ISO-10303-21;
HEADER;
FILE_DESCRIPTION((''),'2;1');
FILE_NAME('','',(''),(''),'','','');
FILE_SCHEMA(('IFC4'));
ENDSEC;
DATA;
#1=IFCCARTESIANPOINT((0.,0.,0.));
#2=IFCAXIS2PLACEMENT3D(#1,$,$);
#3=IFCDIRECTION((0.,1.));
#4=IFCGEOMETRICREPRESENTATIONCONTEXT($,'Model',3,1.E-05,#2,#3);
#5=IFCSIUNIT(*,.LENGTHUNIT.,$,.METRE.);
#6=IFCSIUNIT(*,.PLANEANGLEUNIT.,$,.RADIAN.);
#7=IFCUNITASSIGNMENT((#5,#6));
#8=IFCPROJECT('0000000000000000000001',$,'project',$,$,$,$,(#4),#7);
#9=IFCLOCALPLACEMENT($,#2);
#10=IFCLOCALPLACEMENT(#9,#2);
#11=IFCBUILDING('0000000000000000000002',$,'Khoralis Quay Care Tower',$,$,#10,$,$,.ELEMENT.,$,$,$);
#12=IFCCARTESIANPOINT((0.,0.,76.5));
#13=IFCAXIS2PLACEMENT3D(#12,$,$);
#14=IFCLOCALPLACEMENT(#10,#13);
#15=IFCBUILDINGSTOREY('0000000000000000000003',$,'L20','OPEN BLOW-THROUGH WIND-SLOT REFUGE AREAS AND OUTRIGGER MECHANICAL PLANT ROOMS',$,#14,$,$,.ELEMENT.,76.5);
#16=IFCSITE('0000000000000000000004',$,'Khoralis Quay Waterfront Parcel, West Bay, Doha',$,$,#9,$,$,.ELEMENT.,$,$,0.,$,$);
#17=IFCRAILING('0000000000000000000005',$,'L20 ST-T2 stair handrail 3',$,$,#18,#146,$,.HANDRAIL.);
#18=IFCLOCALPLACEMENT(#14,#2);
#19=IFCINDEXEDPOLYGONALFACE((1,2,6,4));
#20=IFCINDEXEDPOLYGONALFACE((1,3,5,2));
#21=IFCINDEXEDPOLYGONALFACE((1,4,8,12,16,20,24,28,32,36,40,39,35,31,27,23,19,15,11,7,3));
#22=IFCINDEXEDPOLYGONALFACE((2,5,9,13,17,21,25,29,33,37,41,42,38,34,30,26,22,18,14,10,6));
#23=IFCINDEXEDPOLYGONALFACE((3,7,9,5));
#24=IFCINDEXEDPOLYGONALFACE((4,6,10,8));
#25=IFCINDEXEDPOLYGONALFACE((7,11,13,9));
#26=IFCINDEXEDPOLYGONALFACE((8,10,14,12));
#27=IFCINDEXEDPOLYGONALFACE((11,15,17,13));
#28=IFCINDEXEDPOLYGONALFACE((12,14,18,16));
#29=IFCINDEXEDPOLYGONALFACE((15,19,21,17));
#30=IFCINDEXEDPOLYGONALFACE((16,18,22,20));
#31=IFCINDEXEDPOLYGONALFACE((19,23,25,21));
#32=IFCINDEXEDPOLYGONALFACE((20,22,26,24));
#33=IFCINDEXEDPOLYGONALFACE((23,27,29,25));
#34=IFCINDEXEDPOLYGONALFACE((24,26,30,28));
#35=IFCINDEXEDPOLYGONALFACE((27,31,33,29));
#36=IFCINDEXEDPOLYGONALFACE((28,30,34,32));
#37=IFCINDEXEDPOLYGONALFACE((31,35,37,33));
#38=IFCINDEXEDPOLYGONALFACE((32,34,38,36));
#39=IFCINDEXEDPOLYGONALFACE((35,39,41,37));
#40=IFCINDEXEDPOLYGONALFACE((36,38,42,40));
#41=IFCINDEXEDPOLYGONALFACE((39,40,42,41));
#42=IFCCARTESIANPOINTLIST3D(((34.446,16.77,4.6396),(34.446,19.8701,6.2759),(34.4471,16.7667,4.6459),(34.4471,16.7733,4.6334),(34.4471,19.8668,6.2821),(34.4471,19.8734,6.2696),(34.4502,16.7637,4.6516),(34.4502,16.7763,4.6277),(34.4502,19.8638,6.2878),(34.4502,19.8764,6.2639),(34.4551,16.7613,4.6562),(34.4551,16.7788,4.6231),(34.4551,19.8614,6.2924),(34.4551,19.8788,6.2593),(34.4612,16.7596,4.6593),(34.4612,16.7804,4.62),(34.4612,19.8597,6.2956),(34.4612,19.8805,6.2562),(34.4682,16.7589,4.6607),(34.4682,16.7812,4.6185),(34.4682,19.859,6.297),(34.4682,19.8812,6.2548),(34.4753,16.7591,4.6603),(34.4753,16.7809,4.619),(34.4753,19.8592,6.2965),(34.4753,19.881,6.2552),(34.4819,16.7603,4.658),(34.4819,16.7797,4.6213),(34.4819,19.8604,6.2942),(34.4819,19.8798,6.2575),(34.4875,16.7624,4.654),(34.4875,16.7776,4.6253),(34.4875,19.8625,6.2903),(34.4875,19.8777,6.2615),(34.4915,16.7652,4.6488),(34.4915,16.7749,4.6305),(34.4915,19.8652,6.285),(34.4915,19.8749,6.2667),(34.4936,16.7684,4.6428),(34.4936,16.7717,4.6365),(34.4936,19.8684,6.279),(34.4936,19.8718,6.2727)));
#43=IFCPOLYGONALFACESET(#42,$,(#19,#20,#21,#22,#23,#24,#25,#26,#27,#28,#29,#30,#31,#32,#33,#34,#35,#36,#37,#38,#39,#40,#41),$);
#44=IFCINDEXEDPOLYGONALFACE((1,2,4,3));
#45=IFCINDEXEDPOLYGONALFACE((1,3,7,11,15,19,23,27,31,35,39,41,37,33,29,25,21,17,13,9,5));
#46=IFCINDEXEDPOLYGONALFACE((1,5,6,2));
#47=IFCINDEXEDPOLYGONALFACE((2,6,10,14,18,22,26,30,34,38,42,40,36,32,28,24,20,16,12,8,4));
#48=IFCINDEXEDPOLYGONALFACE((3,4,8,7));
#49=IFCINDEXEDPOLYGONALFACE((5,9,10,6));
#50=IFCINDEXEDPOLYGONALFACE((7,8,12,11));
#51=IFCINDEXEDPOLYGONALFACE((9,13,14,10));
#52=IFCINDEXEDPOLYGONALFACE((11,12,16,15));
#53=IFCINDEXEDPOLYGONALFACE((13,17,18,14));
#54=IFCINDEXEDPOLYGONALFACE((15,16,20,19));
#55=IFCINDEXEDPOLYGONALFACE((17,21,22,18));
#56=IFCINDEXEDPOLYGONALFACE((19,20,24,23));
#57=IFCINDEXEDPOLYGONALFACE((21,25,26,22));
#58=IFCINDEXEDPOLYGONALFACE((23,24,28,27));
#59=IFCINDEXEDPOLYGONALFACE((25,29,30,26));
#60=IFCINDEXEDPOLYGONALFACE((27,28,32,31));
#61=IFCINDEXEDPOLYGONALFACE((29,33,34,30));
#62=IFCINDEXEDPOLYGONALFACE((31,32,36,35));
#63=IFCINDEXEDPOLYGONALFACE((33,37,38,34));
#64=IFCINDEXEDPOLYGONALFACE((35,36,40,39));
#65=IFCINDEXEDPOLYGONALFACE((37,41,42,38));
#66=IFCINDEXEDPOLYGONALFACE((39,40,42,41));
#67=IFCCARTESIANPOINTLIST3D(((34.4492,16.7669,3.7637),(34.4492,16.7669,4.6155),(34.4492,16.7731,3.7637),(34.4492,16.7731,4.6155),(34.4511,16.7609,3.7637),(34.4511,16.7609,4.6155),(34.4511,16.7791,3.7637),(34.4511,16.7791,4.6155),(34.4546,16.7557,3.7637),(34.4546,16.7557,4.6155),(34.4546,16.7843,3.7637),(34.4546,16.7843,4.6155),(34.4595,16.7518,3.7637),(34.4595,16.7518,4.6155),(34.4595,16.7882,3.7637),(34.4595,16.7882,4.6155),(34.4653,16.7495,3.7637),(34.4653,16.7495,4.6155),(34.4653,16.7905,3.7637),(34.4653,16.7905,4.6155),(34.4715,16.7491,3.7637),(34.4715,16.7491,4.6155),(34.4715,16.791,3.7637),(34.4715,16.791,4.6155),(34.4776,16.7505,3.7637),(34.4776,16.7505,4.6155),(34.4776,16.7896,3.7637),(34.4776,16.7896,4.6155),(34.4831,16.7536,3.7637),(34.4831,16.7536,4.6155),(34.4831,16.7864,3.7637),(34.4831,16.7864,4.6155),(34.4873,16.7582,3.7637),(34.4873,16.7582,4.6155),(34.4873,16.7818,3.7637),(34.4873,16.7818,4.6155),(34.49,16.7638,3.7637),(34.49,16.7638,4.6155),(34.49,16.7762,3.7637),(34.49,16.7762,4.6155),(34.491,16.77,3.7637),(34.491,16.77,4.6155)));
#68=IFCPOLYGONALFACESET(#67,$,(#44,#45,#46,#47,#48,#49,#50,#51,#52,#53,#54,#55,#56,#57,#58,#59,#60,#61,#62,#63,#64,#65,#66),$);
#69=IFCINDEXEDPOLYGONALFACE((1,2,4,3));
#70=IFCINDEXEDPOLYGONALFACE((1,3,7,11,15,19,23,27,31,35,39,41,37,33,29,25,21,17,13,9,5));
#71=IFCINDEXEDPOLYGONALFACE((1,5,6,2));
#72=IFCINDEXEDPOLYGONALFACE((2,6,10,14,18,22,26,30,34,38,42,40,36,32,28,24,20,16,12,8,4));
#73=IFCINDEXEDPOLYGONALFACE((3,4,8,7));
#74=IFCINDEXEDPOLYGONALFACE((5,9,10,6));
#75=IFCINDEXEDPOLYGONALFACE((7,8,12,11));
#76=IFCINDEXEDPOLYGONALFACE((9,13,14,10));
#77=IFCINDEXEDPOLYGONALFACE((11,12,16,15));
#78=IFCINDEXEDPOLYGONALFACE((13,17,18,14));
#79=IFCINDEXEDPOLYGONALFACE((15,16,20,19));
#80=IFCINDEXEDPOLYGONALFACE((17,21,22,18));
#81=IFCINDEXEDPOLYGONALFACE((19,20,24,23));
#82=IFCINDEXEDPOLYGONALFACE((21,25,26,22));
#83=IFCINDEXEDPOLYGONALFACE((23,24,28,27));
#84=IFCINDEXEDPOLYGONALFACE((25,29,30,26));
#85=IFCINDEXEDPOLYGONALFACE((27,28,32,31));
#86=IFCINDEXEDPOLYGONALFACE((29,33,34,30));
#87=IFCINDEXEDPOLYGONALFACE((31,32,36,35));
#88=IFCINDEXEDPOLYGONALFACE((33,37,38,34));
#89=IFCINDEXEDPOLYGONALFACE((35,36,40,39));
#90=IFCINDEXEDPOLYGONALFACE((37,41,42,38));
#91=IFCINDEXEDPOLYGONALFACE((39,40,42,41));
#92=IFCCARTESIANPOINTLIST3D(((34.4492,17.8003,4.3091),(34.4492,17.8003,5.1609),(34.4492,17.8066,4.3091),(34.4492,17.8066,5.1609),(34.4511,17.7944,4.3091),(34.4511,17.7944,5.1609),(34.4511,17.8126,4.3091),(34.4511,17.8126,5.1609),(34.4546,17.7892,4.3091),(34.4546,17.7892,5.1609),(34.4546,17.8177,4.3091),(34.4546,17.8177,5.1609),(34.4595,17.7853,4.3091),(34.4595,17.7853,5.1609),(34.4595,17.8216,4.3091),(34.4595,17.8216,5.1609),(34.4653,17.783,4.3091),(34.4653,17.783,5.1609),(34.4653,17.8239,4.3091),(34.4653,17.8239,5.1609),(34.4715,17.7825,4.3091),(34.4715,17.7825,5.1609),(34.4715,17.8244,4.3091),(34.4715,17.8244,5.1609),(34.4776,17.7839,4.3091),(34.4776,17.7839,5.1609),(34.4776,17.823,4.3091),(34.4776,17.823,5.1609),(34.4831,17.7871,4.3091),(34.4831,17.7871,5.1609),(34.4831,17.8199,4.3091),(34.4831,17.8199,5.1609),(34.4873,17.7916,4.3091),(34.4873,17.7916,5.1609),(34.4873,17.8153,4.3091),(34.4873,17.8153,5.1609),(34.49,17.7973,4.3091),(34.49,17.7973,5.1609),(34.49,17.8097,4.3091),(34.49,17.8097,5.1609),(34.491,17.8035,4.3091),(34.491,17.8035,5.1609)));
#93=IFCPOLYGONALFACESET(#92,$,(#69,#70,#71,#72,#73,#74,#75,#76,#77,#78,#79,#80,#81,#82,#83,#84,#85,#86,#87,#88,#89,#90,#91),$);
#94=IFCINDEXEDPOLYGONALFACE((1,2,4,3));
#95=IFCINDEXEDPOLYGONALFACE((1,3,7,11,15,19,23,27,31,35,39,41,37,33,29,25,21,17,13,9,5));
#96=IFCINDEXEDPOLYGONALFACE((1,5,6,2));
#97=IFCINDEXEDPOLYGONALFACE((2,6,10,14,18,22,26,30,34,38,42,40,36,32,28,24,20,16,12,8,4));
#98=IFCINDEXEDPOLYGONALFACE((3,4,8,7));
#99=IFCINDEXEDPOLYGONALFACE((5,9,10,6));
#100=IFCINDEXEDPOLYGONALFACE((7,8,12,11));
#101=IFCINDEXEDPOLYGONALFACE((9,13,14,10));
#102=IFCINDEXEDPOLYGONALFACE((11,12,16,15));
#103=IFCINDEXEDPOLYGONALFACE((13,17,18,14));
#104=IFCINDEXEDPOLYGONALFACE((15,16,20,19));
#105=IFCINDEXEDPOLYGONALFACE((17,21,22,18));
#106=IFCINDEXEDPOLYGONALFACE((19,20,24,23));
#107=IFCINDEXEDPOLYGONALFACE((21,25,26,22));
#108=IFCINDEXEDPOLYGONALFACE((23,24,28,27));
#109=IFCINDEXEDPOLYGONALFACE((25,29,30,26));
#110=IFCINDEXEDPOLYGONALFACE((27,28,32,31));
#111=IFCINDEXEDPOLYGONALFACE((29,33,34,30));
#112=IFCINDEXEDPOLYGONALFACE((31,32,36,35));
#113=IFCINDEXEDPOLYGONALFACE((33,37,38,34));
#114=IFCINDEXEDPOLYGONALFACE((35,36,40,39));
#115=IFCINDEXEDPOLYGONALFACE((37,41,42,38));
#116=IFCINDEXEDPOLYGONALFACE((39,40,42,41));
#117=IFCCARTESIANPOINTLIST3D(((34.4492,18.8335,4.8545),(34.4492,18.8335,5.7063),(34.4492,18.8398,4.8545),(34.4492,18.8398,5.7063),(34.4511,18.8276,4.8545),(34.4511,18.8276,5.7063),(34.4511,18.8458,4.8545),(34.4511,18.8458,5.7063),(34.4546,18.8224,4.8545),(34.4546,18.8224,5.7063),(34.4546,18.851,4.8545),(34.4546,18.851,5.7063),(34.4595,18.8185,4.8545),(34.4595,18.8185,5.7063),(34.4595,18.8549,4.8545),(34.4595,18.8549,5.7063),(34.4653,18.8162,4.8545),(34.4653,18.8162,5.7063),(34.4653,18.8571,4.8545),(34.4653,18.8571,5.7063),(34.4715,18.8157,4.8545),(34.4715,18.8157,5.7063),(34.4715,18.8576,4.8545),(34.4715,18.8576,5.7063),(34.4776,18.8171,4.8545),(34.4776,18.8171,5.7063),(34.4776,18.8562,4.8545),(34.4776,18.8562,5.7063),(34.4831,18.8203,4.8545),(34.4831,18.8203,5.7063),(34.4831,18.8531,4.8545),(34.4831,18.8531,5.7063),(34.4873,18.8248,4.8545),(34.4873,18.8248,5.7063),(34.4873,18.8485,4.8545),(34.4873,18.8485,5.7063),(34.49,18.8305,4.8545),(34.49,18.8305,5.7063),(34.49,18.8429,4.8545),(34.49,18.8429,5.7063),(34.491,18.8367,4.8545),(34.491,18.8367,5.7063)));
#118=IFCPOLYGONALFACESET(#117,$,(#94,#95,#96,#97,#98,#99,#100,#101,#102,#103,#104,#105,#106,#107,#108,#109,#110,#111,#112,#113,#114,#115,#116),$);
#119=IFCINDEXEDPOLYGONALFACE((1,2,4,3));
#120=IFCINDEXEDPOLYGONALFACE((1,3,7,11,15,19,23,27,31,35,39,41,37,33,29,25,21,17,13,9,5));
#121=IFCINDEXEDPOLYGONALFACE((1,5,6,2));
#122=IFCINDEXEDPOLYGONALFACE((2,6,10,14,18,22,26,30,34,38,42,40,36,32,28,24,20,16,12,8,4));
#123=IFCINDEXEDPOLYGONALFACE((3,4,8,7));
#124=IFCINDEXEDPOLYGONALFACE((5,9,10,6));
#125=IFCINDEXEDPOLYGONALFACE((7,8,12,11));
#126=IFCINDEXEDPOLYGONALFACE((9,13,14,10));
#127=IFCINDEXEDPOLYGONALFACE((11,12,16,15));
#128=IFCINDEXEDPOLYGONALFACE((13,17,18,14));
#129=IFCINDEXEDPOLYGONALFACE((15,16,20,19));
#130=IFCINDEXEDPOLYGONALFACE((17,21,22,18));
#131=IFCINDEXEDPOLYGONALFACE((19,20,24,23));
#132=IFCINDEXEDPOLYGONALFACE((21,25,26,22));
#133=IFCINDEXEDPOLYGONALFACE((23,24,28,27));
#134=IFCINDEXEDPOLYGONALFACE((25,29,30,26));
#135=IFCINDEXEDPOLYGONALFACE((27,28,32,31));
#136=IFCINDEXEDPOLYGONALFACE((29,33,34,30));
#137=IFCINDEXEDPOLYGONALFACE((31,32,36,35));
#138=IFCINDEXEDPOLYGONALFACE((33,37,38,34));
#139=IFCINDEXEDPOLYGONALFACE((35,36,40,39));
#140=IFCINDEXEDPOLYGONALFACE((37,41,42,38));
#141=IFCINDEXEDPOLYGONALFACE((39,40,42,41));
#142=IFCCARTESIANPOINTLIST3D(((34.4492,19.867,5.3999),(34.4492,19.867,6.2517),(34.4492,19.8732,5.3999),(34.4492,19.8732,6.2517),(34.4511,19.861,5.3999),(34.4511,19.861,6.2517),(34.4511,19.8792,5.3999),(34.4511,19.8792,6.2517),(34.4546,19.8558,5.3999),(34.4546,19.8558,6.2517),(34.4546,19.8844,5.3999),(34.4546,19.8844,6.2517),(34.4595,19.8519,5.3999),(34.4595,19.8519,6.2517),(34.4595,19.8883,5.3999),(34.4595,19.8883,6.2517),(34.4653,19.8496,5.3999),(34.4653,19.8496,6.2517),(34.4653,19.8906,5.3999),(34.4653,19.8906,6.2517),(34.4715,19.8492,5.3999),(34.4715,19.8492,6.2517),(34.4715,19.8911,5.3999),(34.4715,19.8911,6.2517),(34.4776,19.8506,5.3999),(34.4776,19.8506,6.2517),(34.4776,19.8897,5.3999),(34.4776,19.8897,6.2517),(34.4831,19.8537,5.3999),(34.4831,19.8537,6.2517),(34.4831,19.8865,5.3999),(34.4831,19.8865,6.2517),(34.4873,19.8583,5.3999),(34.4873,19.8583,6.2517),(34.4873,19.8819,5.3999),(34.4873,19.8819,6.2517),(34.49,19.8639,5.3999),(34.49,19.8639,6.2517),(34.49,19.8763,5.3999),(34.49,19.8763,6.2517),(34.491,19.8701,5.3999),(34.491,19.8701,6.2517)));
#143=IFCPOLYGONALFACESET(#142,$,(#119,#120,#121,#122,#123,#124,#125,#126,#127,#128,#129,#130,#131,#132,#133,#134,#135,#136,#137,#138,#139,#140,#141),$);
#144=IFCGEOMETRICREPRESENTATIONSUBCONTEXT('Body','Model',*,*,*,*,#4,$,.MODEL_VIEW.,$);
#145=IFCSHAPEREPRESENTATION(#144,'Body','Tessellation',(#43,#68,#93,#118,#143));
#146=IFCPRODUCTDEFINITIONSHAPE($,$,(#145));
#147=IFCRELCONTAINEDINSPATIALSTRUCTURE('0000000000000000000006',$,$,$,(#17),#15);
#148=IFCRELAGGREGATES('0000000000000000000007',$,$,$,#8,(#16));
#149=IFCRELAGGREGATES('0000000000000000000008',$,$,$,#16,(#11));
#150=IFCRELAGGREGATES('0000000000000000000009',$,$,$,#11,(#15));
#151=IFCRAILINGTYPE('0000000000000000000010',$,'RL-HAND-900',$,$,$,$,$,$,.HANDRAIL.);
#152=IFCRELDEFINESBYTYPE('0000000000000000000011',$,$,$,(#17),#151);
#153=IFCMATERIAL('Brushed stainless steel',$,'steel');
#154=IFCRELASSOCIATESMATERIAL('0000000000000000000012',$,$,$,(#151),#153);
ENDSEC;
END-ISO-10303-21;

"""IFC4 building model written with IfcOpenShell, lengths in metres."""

from ifc_helpers import new_model, si_unit, direction, frame, origin, origin_2d, place, context, subcontext, project, spatial, circle, extrude, material, type_object, element, save


model = new_model("IFC4")

# Units and contexts
model_context = context("Model", 3, precision=1e-05, world=origin(), true_north=direction((0.0, 1.0)))
body_context = subcontext(model_context, "Body", "Model", "MODEL_VIEW")
ifc_project = project(units=[si_unit("LENGTHUNIT", "METRE"), si_unit("PLANEANGLEUNIT", "RADIAN")], contexts=[model_context])

# Site, building, storey
site_placement = place(None, origin())
site = spatial("IfcSite", under=ifc_project, at=site_placement, Name="Khoralis Quay Waterfront Parcel, West Bay, Doha", CompositionType="ELEMENT", RefElevation=0.0)
building_placement = place(site_placement, origin())
building = spatial("IfcBuilding", under=site, at=building_placement, Name="Khoralis Quay Care Tower", CompositionType="ELEMENT")
storey_placement = place(building_placement, frame((0.0, 0.0, 76.5)))
storey = spatial("IfcBuildingStorey", under=building, at=storey_placement, Name="L20", Description="OPEN BLOW-THROUGH WIND-SLOT REFUGE AREAS AND OUTRIGGER MECHANICAL PLANT ROOMS", CompositionType="ELEMENT", Elevation=76.5)

# Railing
ifc_material_1 = material(Name="Brushed stainless steel", Category="steel")
railing_type_1 = type_object("IfcRailingType", Name="RL-HAND-900", PredefinedType="HANDRAIL", material=ifc_material_1)
railing_1_placement = place(storey_placement, frame((34.47, 16.77, 3.7637)))
element("IfcRailing", 1, at=railing_1_placement, inside=storey, type_object=railing_type_1, Name="L20 ST-T2 stair handrail 3", PredefinedType="HANDRAIL", context=body_context, shape_type="SweptSolid", body=[
    extrude(circle(Radius=0.0239, at=origin_2d()), frame((0.0, 0.0, 0.876), z_axis=(0.0, 0.884377, 0.466774), x_axis=(-1.0, 0.0, 0.0)), (0.0, 0.0, 1.0), 3.5054),
    extrude(circle(Radius=0.021, at=origin_2d()), origin(), (0.0, 0.0, 1.0), 0.8518),
    extrude(circle(Radius=0.021, at=origin_2d()), frame((0.0, 1.0334, 0.5454)), (0.0, 0.0, 1.0), 0.8518),
    extrude(circle(Radius=0.021, at=origin_2d()), frame((0.0, 2.0667, 1.0908)), (0.0, 0.0, 1.0), 0.8518),
    extrude(circle(Radius=0.021, at=origin_2d()), frame((0.0, 3.1001, 1.6362)), (0.0, 0.0, 1.0), 0.8518),
])

save(model, "model.ifc")
